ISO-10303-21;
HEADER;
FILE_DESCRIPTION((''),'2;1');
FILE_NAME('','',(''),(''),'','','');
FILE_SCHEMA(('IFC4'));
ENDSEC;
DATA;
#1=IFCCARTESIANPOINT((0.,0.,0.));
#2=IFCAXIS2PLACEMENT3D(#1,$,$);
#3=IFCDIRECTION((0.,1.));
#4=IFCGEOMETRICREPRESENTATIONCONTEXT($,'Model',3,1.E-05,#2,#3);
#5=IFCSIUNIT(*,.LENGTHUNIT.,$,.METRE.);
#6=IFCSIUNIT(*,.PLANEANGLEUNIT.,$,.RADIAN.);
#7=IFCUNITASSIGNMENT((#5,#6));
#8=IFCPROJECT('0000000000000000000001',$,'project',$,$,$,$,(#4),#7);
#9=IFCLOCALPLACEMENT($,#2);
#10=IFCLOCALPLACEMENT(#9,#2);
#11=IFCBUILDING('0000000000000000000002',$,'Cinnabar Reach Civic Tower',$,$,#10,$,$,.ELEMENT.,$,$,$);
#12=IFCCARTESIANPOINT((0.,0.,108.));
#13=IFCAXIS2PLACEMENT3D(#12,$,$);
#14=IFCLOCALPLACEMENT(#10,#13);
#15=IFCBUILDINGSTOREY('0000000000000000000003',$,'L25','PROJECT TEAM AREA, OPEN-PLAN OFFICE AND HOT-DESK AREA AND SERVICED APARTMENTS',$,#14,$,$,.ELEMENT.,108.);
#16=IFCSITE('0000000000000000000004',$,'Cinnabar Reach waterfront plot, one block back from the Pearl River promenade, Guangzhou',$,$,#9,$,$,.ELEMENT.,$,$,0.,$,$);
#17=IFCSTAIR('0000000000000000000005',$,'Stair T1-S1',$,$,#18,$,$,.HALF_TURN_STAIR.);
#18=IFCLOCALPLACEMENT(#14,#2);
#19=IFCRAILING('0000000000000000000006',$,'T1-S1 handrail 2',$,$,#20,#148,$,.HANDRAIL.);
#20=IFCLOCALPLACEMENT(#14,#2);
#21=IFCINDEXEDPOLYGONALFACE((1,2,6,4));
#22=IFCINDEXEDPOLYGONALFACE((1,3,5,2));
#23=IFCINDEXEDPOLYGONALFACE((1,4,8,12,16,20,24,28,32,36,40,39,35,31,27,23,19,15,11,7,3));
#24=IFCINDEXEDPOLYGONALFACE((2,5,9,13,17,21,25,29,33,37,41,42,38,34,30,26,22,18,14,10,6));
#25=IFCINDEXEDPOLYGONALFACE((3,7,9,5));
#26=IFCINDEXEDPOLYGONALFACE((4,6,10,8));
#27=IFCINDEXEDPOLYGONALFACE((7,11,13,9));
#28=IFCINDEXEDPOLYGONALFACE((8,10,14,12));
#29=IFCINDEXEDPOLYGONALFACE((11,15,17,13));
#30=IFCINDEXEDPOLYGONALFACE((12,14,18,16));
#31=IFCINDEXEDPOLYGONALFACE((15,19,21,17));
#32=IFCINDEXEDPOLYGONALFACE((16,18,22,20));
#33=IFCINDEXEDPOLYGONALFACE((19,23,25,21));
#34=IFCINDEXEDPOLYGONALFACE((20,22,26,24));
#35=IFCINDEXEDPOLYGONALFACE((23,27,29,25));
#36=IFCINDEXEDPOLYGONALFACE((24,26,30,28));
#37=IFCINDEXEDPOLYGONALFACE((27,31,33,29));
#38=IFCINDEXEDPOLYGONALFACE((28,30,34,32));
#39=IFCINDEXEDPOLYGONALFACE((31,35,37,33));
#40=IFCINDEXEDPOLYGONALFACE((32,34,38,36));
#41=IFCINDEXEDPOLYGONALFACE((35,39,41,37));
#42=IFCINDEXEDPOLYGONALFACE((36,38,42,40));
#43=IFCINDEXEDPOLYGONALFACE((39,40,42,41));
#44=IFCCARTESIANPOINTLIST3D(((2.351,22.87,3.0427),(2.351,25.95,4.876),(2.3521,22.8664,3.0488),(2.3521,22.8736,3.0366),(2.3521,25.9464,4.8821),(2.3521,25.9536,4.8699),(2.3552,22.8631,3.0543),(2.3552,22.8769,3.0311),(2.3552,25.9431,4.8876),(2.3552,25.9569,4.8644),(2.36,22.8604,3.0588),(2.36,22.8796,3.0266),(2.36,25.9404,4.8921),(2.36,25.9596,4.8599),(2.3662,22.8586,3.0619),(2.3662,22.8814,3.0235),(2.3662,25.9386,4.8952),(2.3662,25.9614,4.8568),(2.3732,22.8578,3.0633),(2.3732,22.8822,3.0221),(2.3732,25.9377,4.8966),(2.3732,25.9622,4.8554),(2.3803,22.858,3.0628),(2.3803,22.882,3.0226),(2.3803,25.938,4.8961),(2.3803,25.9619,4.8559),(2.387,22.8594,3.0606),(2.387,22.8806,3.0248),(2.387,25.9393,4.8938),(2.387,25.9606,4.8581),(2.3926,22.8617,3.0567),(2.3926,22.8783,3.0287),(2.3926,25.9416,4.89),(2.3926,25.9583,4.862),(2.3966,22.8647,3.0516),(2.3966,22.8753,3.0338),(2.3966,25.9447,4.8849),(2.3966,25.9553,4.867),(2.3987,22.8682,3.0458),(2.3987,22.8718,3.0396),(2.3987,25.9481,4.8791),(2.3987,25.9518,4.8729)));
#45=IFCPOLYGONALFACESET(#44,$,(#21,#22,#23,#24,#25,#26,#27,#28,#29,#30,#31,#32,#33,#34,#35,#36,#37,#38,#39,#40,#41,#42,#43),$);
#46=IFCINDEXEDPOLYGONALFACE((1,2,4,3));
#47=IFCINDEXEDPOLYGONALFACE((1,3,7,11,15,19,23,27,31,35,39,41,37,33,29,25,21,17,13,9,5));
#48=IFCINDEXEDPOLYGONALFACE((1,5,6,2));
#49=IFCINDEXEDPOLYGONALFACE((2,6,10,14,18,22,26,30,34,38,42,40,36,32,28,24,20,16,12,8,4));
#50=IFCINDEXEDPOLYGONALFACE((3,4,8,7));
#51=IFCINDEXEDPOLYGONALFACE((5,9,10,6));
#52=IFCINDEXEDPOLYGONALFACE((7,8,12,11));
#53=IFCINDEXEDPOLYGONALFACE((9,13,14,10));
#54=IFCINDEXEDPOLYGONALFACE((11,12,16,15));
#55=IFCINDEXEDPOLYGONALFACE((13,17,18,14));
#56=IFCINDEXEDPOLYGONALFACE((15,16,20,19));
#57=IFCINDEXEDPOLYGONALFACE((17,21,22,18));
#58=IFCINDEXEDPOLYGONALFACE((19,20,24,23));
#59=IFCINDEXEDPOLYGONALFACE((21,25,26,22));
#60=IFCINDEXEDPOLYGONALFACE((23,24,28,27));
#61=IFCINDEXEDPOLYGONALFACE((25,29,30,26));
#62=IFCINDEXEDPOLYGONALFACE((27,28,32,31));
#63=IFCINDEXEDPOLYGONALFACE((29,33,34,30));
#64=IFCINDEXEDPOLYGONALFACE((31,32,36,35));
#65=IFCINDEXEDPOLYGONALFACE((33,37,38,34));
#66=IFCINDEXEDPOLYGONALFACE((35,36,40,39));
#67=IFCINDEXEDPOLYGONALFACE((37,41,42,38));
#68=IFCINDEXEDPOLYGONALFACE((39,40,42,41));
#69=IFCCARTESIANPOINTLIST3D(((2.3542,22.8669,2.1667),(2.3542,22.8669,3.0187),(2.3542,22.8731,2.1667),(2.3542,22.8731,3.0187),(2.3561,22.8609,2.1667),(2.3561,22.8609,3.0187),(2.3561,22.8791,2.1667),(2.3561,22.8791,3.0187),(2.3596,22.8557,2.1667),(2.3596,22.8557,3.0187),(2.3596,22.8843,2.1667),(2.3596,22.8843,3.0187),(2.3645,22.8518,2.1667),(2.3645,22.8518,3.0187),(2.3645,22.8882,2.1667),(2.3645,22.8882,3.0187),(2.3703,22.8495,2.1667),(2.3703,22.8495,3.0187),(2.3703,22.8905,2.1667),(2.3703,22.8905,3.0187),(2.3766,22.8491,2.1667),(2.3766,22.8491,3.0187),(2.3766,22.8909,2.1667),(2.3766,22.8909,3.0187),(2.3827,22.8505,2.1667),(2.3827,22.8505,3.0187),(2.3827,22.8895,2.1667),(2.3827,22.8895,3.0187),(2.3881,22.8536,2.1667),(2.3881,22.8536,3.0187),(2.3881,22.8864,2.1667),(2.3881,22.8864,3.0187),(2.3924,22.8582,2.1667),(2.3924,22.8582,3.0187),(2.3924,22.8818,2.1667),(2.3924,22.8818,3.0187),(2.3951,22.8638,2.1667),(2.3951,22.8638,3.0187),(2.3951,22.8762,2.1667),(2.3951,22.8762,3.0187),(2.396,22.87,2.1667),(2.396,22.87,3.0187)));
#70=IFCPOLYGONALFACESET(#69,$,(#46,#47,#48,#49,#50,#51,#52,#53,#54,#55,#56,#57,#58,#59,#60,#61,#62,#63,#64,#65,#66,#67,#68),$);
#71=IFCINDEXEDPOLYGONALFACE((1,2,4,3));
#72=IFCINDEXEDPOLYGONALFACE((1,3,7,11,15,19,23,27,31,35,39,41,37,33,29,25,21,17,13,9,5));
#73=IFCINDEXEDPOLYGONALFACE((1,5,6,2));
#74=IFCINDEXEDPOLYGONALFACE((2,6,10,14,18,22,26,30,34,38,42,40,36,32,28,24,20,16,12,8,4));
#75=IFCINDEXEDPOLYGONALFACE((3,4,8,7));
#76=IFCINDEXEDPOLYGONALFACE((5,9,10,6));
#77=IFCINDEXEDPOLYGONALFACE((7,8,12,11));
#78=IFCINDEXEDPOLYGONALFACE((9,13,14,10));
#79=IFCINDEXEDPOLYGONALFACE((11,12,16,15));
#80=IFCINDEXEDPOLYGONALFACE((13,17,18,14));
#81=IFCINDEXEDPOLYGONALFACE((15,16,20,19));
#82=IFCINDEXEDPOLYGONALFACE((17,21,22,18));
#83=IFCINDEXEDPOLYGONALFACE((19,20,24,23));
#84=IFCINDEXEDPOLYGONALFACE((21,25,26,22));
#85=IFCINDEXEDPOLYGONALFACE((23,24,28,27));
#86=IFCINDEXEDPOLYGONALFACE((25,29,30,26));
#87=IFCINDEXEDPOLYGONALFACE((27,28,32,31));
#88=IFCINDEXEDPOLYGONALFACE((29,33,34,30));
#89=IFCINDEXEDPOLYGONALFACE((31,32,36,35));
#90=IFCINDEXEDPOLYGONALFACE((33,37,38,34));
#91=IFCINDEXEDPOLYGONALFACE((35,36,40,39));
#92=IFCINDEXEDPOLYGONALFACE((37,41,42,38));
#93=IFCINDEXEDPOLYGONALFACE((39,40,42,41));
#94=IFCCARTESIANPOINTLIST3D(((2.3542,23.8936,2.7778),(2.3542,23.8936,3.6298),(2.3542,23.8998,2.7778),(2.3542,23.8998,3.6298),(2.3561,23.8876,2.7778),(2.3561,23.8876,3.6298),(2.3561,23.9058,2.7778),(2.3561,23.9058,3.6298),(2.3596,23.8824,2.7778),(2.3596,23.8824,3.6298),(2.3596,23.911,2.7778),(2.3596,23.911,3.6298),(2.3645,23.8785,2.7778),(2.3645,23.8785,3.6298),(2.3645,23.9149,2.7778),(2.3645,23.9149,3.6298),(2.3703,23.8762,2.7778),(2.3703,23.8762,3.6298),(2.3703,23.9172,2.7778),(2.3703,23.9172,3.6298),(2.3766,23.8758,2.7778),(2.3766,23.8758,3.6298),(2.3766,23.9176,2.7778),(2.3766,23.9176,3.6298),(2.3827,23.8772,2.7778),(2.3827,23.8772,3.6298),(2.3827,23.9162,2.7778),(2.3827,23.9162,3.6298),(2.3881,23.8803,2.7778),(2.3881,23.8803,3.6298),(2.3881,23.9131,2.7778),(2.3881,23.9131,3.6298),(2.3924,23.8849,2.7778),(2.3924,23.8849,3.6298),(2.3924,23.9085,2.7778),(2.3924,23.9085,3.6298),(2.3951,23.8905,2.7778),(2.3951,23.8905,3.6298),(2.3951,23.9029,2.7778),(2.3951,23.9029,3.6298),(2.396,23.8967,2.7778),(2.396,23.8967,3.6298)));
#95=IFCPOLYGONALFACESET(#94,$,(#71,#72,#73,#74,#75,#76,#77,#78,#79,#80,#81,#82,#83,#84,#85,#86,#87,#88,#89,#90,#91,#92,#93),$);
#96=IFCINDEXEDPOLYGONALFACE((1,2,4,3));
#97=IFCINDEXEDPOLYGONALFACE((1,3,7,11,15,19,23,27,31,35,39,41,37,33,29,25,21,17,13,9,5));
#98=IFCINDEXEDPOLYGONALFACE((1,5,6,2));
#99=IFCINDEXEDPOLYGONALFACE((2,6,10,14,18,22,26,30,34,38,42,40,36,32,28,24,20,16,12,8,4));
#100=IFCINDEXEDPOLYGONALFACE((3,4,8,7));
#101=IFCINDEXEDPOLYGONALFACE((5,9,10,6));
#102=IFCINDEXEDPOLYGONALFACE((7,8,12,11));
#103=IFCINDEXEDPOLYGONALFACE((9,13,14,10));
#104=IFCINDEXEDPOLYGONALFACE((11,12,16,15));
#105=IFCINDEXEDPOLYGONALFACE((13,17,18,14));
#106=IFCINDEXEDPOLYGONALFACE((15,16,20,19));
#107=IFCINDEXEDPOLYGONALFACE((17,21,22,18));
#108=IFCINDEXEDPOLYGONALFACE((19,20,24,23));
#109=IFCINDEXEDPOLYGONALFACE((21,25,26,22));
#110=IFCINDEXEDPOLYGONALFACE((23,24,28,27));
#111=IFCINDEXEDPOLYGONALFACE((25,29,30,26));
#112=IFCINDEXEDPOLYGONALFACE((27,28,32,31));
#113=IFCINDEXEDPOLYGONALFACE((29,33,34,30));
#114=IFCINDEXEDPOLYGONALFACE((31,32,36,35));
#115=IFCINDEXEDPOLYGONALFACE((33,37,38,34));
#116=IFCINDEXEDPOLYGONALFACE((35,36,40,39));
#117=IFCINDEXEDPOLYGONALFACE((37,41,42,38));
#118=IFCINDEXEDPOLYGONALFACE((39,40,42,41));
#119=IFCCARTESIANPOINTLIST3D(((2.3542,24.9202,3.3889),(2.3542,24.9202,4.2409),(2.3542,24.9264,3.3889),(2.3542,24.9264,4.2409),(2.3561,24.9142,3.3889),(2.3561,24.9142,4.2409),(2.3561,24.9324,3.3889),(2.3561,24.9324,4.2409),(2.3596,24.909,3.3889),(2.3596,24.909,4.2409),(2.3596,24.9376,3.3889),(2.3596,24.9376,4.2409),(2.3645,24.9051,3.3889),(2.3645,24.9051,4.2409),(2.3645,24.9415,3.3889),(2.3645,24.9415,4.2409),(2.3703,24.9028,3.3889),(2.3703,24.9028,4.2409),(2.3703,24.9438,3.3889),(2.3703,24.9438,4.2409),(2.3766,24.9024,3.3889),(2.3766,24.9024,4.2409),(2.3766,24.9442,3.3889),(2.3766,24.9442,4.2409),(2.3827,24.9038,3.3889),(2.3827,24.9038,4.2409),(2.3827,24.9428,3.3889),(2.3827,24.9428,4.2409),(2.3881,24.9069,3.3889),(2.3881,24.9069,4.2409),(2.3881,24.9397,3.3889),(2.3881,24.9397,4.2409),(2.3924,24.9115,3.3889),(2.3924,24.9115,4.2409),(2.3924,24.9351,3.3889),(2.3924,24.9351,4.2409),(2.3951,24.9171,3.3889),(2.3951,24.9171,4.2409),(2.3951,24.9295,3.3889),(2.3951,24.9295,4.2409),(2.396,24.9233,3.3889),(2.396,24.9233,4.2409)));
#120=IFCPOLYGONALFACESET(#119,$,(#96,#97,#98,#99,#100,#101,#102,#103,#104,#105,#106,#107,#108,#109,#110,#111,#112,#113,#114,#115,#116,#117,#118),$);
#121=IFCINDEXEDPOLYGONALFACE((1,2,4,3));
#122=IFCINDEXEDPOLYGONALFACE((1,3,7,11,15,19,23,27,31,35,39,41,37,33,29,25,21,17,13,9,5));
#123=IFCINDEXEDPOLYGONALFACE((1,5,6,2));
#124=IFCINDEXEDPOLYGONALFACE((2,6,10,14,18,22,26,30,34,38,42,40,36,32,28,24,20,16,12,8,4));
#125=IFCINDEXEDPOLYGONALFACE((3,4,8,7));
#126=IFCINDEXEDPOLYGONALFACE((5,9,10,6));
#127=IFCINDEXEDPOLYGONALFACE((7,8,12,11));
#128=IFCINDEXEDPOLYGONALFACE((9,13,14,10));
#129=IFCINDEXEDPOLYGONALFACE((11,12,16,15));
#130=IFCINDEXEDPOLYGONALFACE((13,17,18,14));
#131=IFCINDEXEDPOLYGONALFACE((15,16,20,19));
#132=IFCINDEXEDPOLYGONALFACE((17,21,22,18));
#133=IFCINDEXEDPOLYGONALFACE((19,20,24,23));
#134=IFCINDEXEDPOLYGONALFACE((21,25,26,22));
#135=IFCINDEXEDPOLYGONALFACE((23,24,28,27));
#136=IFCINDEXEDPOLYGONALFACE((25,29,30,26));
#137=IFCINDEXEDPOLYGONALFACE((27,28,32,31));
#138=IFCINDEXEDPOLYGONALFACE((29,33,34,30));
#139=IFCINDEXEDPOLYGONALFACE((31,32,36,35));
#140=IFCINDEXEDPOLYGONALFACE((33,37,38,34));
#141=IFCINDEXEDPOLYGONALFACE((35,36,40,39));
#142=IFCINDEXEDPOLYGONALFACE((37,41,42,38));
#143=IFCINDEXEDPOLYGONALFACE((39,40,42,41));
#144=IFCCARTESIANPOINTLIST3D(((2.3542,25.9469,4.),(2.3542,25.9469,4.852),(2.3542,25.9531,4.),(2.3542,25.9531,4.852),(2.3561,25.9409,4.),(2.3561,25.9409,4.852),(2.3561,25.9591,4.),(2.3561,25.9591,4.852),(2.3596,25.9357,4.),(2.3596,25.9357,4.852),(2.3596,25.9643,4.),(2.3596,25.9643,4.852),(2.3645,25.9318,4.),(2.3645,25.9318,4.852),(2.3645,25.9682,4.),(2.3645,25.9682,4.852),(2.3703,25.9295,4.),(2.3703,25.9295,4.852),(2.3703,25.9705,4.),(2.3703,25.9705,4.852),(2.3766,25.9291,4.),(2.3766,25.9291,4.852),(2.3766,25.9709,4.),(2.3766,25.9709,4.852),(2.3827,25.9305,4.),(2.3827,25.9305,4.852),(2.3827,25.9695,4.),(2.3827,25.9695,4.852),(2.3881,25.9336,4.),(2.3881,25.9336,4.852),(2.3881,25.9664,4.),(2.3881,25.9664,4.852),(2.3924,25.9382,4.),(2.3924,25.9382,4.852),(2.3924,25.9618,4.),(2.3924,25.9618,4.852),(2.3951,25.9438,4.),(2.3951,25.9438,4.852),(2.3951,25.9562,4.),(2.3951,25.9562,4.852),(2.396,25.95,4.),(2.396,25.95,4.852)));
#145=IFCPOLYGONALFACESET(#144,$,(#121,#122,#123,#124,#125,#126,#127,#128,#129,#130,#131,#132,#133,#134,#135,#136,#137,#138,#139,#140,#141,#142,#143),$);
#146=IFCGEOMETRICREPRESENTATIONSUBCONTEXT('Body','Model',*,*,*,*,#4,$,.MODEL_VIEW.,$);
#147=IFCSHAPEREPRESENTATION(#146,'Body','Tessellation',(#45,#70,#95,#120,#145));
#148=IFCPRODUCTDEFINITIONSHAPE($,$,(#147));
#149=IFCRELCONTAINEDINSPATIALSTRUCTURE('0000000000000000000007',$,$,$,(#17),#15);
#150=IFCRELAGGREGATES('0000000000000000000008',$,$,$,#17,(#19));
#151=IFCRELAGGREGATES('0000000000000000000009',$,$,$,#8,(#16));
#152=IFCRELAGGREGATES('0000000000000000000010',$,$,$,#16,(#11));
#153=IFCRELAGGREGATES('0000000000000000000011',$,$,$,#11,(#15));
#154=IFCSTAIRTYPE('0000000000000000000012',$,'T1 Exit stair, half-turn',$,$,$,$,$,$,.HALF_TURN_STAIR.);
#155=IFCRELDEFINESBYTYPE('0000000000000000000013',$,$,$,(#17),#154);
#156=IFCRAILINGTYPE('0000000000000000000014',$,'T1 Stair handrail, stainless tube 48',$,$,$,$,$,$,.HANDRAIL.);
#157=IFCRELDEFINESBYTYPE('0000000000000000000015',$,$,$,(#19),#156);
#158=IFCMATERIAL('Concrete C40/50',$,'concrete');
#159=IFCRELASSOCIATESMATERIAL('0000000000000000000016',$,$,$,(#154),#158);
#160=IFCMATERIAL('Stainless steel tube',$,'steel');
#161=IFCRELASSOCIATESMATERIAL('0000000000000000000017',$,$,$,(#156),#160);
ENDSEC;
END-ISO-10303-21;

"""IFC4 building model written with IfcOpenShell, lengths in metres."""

from ifc_helpers import new_model, si_unit, direction, frame, origin, origin_2d, place, context, subcontext, project, spatial, circle, extrude, material, type_object, element, aggregate, save


model = new_model("IFC4")

# Units and contexts
model_context = context("Model", 3, precision=1e-05, world=origin(), true_north=direction((0.0, 1.0)))
body_context = subcontext(model_context, "Body", "Model", "MODEL_VIEW")
ifc_project = project(units=[si_unit("LENGTHUNIT", "METRE"), si_unit("PLANEANGLEUNIT", "RADIAN")], contexts=[model_context])

# Site, building, storey
site_placement = place(None, origin())
site = spatial("IfcSite", under=ifc_project, at=site_placement, Name="Cinnabar Reach waterfront plot, one block back from the Pearl River promenade, Guangzhou", CompositionType="ELEMENT", RefElevation=0.0)
building_placement = place(site_placement, origin())
building = spatial("IfcBuilding", under=site, at=building_placement, Name="Cinnabar Reach Civic Tower", CompositionType="ELEMENT")
storey_placement = place(building_placement, frame((0.0, 0.0, 108.0)))
storey = spatial("IfcBuildingStorey", under=building, at=storey_placement, Name="L25", Description="PROJECT TEAM AREA, OPEN-PLAN OFFICE AND HOT-DESK AREA AND SERVICED APARTMENTS", CompositionType="ELEMENT", Elevation=108.0)

# Stair, railing
ifc_material_1 = material(Name="Concrete C40/50", Category="concrete")
stair_type = type_object("IfcStairType", Name="T1 Exit stair, half-turn", PredefinedType="HALF_TURN_STAIR", material=ifc_material_1)
stair_placement = place(storey_placement, origin())
stair = element("IfcStair", 1, at=stair_placement, inside=storey, type_object=stair_type, Name="Stair T1-S1", PredefinedType="HALF_TURN_STAIR")
ifc_material_2 = material(Name="Stainless steel tube", Category="steel")
railing_type = type_object("IfcRailingType", Name="T1 Stair handrail, stainless tube 48", PredefinedType="HANDRAIL", material=ifc_material_2)
railing_1_placement = place(storey_placement, frame((2.375, 22.87, 2.1667)))
railing_1 = element("IfcRailing", 2, at=railing_1_placement, type_object=railing_type, Name="T1-S1 handrail 2", PredefinedType="HANDRAIL", context=body_context, shape_type="SweptSolid", body=[
    extrude(circle(Radius=0.024, at=origin_2d()), frame((0.0, 0.0, 0.876), z_axis=(0.0, 0.859297, 0.511477), x_axis=(-1.0, 0.0, 0.0)), (0.0, 0.0, 1.0), 3.5843),
    extrude(circle(Radius=0.021, at=origin_2d()), origin(), (0.0, 0.0, 1.0), 0.852),
    extrude(circle(Radius=0.021, at=origin_2d()), frame((0.0, 1.0267, 0.6111)), (0.0, 0.0, 1.0), 0.852),
    extrude(circle(Radius=0.021, at=origin_2d()), frame((0.0, 2.0533, 1.2222)), (0.0, 0.0, 1.0), 0.852),
    extrude(circle(Radius=0.021, at=origin_2d()), frame((0.0, 3.08, 1.8333)), (0.0, 0.0, 1.0), 0.852),
])
aggregate(stair, [railing_1])

save(model, "model.ifc")
